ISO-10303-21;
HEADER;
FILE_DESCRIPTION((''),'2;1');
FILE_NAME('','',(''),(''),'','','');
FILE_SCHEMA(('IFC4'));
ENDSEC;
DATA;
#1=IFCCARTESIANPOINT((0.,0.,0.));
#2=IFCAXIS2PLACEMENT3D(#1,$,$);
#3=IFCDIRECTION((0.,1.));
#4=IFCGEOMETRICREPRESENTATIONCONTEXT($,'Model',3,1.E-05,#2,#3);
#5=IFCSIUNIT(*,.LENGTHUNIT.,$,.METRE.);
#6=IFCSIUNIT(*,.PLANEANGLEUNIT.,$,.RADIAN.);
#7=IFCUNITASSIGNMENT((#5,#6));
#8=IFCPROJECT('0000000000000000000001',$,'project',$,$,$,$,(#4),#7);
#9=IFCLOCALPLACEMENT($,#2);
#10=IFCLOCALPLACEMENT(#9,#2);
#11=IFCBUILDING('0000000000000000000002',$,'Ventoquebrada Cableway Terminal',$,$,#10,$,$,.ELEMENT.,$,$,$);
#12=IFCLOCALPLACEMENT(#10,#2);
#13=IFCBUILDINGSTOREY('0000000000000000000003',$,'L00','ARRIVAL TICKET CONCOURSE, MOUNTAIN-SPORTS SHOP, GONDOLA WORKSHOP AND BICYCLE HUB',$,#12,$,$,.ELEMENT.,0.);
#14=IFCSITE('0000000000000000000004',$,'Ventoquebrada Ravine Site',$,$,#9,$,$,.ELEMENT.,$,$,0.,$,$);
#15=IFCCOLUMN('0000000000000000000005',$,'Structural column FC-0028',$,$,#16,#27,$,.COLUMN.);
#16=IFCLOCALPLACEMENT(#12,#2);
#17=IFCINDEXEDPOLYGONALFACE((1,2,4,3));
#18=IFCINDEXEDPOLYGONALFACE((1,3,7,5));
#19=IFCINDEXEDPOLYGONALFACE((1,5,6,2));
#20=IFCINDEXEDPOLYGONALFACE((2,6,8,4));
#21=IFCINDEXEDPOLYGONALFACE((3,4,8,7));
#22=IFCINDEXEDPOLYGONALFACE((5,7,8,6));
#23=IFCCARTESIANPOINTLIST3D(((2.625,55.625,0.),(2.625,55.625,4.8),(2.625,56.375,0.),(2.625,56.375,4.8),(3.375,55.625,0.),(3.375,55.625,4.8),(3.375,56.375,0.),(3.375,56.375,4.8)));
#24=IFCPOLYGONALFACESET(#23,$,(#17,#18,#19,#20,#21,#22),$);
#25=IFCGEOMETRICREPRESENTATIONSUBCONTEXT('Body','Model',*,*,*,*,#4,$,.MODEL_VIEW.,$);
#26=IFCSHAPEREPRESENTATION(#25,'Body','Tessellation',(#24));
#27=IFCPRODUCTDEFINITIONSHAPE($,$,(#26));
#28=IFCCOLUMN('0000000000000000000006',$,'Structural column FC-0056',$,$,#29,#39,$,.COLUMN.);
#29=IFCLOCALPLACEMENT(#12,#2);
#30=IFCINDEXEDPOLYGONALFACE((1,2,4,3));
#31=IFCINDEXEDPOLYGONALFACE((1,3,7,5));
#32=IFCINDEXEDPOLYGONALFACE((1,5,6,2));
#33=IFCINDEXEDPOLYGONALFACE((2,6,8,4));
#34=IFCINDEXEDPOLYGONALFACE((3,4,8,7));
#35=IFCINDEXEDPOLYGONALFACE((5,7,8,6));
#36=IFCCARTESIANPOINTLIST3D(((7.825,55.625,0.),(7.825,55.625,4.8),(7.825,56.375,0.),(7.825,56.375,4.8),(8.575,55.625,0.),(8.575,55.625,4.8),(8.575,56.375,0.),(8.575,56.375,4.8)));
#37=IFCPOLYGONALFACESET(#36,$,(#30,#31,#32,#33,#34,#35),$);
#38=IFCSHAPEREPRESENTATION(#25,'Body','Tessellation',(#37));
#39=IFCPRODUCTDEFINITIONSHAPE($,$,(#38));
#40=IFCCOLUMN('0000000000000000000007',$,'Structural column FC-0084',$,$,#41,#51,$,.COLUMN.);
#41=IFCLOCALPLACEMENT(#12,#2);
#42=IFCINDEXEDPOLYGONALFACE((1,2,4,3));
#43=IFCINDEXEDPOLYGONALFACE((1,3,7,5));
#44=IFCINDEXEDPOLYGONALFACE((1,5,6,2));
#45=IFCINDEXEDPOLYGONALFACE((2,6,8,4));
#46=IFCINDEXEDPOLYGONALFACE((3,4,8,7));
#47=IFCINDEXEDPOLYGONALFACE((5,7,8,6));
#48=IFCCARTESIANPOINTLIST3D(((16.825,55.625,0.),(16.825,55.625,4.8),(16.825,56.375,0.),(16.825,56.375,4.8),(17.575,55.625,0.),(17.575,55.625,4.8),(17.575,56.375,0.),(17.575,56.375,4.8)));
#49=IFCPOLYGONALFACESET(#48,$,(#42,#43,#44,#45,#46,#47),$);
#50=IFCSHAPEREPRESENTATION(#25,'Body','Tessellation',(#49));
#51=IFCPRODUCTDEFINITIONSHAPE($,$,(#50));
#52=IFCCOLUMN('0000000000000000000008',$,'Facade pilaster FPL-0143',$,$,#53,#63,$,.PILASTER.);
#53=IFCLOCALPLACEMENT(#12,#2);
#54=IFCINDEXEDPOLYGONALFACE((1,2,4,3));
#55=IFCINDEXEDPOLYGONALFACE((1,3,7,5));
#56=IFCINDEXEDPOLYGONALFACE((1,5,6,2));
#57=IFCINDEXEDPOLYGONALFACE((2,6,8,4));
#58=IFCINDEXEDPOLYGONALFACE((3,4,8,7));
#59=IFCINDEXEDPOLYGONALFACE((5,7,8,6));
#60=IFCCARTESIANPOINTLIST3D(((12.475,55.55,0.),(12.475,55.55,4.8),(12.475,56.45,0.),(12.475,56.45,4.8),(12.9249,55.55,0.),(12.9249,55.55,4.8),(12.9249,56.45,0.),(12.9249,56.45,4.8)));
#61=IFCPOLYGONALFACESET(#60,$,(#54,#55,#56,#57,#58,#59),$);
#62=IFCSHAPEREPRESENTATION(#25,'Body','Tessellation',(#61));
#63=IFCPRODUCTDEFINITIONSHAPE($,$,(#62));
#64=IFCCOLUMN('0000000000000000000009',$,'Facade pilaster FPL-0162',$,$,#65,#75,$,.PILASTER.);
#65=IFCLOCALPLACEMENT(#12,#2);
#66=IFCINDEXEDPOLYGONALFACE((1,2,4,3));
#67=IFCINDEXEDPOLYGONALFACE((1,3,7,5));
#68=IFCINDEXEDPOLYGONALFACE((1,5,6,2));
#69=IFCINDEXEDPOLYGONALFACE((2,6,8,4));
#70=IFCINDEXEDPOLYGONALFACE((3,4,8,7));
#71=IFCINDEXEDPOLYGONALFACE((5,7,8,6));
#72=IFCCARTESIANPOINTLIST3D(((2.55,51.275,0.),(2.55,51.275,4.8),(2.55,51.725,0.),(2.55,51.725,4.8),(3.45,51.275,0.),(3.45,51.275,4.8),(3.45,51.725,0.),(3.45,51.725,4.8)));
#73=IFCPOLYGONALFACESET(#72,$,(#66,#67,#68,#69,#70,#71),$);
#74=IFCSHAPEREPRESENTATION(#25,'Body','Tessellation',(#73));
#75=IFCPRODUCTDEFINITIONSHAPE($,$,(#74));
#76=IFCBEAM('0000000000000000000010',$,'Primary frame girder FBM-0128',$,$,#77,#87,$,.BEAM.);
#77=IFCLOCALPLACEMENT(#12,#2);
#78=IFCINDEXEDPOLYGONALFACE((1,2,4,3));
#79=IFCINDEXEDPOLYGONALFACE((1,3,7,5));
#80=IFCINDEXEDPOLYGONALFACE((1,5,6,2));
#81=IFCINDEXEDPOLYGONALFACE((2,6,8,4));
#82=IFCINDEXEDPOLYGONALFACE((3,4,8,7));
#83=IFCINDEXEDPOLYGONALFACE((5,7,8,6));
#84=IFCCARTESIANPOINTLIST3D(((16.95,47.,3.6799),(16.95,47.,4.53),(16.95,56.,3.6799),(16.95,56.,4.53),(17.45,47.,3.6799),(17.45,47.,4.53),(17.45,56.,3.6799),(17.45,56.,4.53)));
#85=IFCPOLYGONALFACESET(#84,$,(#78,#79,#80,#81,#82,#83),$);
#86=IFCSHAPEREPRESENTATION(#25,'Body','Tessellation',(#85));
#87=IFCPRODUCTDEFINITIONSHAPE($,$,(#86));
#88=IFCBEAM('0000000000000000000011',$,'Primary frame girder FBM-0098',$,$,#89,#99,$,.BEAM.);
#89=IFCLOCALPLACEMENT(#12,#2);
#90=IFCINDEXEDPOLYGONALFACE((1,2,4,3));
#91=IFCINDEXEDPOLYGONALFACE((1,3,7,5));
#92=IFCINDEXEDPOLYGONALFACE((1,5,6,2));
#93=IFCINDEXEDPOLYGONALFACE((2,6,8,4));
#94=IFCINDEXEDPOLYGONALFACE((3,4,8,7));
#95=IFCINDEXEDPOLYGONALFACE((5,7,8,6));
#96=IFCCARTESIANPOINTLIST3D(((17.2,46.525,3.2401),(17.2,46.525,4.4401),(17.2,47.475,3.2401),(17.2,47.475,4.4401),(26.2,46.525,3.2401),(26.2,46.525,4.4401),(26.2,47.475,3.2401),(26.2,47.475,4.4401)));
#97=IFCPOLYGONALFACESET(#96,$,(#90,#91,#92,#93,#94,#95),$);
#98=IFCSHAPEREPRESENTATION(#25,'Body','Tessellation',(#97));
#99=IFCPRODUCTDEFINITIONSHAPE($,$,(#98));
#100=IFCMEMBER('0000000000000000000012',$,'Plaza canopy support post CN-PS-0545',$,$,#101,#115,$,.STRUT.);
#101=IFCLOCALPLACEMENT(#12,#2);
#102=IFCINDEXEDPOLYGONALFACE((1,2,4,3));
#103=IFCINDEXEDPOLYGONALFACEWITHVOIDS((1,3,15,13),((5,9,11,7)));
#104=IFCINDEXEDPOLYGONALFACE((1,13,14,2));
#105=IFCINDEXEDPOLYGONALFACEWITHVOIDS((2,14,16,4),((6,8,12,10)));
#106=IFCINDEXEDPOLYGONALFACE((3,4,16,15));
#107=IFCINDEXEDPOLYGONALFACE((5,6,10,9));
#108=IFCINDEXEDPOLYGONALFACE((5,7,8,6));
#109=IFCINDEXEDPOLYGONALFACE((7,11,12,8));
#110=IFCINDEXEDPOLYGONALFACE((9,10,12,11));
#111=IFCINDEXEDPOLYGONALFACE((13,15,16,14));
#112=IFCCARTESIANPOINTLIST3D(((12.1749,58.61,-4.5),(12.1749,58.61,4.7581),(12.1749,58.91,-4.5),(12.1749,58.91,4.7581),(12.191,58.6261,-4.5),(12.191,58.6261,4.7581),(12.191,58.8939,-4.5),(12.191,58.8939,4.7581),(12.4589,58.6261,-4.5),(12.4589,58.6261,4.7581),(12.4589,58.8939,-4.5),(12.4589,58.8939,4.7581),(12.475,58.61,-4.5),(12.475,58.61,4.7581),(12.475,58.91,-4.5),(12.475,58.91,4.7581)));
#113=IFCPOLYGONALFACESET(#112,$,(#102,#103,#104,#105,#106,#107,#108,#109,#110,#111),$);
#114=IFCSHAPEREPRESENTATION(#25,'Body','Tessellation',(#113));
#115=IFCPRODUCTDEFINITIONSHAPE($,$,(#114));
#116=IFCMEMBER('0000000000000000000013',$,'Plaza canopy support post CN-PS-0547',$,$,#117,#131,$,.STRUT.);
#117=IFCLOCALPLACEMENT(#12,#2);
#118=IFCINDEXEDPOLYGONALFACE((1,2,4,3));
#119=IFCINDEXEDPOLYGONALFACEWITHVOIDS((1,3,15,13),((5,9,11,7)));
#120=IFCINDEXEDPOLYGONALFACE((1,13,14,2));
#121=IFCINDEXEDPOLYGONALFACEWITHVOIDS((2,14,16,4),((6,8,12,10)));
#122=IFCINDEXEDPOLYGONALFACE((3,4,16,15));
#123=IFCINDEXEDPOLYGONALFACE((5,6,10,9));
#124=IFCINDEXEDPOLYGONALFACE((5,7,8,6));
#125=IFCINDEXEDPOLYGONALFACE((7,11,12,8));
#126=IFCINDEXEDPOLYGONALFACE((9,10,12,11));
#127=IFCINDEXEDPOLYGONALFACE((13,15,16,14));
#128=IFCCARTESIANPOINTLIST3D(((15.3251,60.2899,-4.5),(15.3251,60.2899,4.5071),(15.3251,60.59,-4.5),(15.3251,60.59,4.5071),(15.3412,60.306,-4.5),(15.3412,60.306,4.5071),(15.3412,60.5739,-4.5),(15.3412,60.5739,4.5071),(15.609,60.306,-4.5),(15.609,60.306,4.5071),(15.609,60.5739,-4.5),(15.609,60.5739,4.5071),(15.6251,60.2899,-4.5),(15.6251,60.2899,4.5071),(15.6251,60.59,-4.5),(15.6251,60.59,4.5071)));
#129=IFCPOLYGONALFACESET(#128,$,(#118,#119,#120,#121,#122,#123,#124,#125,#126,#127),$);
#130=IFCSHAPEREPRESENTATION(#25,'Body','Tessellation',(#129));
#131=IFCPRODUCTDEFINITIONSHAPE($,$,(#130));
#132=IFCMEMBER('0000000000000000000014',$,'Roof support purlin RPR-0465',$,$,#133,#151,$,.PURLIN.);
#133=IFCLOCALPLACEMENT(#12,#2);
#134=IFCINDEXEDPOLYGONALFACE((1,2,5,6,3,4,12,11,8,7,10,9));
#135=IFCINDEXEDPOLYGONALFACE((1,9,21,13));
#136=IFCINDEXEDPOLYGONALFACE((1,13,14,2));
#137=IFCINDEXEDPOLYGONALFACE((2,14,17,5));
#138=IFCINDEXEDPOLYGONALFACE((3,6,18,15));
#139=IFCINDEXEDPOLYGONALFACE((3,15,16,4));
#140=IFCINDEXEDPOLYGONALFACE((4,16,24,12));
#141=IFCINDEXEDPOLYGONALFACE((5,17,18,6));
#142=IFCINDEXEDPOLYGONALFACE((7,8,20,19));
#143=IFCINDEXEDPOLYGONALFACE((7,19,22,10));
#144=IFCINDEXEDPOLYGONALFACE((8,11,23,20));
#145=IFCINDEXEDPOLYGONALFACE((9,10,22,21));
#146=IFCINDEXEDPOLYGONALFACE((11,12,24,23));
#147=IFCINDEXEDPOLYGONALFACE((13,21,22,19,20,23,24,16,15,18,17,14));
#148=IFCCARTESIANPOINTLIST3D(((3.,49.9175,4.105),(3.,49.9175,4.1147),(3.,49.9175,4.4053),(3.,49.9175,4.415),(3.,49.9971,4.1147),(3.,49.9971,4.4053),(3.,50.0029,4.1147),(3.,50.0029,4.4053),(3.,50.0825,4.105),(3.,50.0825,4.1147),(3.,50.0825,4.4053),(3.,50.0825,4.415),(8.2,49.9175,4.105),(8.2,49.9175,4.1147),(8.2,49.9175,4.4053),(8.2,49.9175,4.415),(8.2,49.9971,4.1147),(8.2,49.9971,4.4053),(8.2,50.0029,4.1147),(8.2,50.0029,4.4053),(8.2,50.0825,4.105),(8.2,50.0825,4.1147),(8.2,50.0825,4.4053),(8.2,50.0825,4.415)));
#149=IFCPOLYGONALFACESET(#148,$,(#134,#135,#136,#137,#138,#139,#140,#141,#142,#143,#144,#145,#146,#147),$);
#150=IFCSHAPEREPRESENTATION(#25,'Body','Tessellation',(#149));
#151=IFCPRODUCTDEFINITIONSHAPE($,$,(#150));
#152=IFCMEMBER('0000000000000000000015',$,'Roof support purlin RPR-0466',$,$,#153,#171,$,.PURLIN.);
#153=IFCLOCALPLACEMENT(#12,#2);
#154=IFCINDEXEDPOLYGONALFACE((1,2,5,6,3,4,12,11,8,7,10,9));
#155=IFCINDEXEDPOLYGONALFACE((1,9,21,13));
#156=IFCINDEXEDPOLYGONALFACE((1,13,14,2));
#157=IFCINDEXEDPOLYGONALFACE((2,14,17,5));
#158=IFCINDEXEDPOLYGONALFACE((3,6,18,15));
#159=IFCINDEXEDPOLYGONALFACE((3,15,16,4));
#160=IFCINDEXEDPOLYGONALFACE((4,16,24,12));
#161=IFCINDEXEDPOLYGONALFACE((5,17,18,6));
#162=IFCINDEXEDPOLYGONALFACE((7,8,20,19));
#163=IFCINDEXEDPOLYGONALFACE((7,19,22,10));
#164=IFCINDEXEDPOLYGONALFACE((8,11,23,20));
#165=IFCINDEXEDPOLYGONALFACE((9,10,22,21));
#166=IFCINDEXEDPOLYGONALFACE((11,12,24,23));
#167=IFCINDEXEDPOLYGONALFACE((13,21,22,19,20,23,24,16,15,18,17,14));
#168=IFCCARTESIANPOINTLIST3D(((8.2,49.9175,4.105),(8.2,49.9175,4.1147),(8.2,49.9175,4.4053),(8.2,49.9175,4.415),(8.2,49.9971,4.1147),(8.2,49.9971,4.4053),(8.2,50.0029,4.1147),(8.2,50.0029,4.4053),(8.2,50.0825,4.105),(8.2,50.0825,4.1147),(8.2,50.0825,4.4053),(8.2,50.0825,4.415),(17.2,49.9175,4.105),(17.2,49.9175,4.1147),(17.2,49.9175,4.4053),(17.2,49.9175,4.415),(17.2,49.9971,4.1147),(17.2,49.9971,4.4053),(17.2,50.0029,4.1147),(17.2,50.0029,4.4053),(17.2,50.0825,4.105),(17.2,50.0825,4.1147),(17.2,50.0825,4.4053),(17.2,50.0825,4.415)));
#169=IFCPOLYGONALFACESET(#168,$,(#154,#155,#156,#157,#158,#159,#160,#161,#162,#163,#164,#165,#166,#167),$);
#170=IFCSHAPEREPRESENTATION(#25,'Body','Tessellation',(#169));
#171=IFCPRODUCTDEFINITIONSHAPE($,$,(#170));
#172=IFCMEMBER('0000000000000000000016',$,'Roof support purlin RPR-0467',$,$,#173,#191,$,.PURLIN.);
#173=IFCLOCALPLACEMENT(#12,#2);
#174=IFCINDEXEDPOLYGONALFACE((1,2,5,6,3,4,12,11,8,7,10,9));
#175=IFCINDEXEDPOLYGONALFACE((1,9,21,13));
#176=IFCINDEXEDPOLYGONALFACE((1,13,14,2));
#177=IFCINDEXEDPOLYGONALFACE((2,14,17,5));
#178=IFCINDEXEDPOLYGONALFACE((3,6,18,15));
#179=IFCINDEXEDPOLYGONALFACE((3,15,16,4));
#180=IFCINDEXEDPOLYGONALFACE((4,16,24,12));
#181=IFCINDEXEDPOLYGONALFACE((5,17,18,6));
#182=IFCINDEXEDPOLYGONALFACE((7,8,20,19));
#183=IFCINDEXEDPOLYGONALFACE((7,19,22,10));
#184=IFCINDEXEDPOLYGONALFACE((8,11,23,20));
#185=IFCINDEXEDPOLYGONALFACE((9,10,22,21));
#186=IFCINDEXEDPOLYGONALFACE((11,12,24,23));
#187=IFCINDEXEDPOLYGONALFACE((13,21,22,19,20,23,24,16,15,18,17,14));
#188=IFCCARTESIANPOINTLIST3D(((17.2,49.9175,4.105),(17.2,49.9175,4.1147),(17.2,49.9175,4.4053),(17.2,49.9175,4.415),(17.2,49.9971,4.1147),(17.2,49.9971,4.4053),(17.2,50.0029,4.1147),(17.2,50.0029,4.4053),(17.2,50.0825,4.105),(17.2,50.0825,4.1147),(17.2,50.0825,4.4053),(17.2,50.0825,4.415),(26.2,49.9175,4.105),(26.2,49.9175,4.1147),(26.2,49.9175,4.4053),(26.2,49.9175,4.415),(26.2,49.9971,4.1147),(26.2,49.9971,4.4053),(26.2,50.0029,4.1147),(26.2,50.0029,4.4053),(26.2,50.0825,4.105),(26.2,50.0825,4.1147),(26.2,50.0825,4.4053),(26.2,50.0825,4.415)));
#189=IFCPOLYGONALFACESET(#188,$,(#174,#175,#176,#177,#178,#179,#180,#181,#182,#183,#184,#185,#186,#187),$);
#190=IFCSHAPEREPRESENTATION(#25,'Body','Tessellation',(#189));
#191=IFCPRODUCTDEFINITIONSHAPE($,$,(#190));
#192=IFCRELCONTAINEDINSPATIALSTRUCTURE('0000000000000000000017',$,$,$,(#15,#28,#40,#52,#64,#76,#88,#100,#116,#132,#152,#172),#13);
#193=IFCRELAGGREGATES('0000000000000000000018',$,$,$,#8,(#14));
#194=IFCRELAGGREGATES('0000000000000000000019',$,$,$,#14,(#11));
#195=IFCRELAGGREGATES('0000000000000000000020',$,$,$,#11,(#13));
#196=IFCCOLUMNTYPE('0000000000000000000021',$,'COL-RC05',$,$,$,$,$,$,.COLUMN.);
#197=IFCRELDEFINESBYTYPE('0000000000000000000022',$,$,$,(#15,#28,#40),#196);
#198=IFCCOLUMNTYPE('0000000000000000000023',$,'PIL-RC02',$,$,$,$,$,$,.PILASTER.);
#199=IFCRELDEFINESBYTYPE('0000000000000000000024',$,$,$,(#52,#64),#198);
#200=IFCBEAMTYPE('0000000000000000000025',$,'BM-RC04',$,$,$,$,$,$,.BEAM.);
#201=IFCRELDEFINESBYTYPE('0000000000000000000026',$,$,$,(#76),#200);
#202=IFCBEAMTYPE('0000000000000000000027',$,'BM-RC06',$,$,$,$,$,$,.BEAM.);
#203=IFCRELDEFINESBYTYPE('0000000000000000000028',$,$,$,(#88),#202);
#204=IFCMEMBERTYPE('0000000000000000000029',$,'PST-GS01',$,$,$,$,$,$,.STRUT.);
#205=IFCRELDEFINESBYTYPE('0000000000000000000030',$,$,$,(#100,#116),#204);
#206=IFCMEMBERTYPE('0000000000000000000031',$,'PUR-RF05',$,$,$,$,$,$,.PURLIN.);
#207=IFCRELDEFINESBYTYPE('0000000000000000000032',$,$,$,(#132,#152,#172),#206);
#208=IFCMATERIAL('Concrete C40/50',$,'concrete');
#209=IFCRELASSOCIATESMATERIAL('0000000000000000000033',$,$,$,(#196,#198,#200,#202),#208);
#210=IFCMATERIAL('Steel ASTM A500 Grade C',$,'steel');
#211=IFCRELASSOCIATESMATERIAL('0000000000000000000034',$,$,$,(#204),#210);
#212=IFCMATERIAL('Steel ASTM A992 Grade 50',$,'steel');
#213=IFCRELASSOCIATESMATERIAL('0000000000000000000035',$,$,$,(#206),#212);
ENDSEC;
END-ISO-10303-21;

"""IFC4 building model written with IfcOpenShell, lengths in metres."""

from ifc_helpers import new_model, si_unit, direction, frame, origin, origin_2d, place, context, subcontext, project, spatial, rectangle, hollow_rectangle, i_section, extrude, material, material_profile, profile_set, type_object, element, save


model = new_model("IFC4")

# Units and contexts
model_context = context("Model", 3, precision=1e-05, world=origin(), true_north=direction((0.0, 1.0)))
body_context = subcontext(model_context, "Body", "Model", "MODEL_VIEW")
ifc_project = project(units=[si_unit("LENGTHUNIT", "METRE"), si_unit("PLANEANGLEUNIT", "RADIAN")], contexts=[model_context])

# Site, building, storey
site_placement = place(None, origin())
site = spatial("IfcSite", under=ifc_project, at=site_placement, Name="Ventoquebrada Ravine Site", CompositionType="ELEMENT", RefElevation=0.0)
building_placement = place(site_placement, origin())
building = spatial("IfcBuilding", under=site, at=building_placement, Name="Ventoquebrada Cableway Terminal", CompositionType="ELEMENT")
storey_placement = place(building_placement, origin())
storey = spatial("IfcBuildingStorey", under=building, at=storey_placement, Name="L00", Description="ARRIVAL TICKET CONCOURSE, MOUNTAIN-SPORTS SHOP, GONDOLA WORKSHOP AND BICYCLE HUB", CompositionType="ELEMENT", Elevation=0.0)

# Columns
ifc_material_1 = material(Name="Concrete C40/50", Category="concrete")
ifc_material_profile_1 = material_profile(ifc_material_1, rectangle(XDim=0.75, YDim=0.75, at=origin_2d()), Name="RC-COL-750X750")
ifc_profile_set_1 = profile_set([ifc_material_profile_1], Name="Concrete C40/50")
column_type_1 = type_object("IfcColumnType", Name="COL-RC05", PredefinedType="COLUMN", material=ifc_profile_set_1)
for number, where, z_axis, x_axis, name in (
    (1, (3.0, 56.0, 0.0), (0.0, 0.0, 1.0), (1.0, 0.0, 0.0), "Structural column FC-0028"),
    (2, (8.2, 56.0, 0.0), (0.0, 0.0, 1.0), (1.0, 0.0, 0.0), "Structural column FC-0056"),
    (3, (17.2, 56.0, 0.0), (0.0, 0.0, 1.0), (1.0, 0.0, 0.0), "Structural column FC-0084"),
):
    element("IfcColumn", number, at=place(storey_placement, frame(where, z_axis=z_axis, x_axis=x_axis)), inside=storey, type_object=column_type_1, Name=name, PredefinedType="COLUMN", context=body_context, shape_type="SweptSolid", body=[
        extrude(rectangle(XDim=0.75, YDim=0.75, at=origin_2d()), origin(), (0.0, 0.0, 1.0), 4.8),
    ])
ifc_material_profile_2 = material_profile(ifc_material_1, rectangle(XDim=0.45, YDim=0.8999, at=origin_2d()), Name="RC-PIL-450X900")
ifc_profile_set_2 = profile_set([ifc_material_profile_2], Name="Concrete C40/50")
column_type_2 = type_object("IfcColumnType", Name="PIL-RC02", PredefinedType="PILASTER", material=ifc_profile_set_2)
for number, where, z_axis, x_axis, name in (
    (4, (12.7, 56.0, 0.0), (0.0, 0.0, 1.0), (1.0, 0.0, 0.0), "Facade pilaster FPL-0143"),
    (5, (3.0, 51.5, 0.0), (0.0, 0.0, 1.0), (0.0, 1.0, 0.0), "Facade pilaster FPL-0162"),
):
    element("IfcColumn", number, at=place(storey_placement, frame(where, z_axis=z_axis, x_axis=x_axis)), inside=storey, type_object=column_type_2, Name=name, PredefinedType="PILASTER", context=body_context, shape_type="SweptSolid", body=[
        extrude(rectangle(XDim=0.45, YDim=0.8999, at=origin_2d()), origin(), (0.0, 0.0, 1.0), 4.8),
    ])

# Beams
ifc_material_profile_3 = material_profile(ifc_material_1, rectangle(XDim=0.5, YDim=0.8501, at=origin_2d()), Name="RC-BM-500X850")
ifc_profile_set_3 = profile_set([ifc_material_profile_3], Name="Concrete C40/50")
beam_type_1 = type_object("IfcBeamType", Name="BM-RC04", PredefinedType="BEAM", material=ifc_profile_set_3)
beam_1_placement = place(storey_placement, frame((17.2, 47.0, 4.105), z_axis=(0.0, 1.0, 0.0), x_axis=(-1.0, 0.0, 0.0)))
element("IfcBeam", 6, at=beam_1_placement, inside=storey, type_object=beam_type_1, Name="Primary frame girder FBM-0128", PredefinedType="BEAM", context=body_context, shape_type="SweptSolid", body=[
    extrude(rectangle(XDim=0.5, YDim=0.8501, at=origin_2d()), origin(), (0.0, 0.0, 1.0), 9.0),
])
ifc_material_profile_4 = material_profile(ifc_material_1, rectangle(XDim=0.95, YDim=1.2, at=origin_2d()), Name="RC-BM-950X1200")
ifc_profile_set_4 = profile_set([ifc_material_profile_4], Name="Concrete C40/50")
beam_type_2 = type_object("IfcBeamType", Name="BM-RC06", PredefinedType="BEAM", material=ifc_profile_set_4)
beam_2_placement = place(storey_placement, frame((17.2, 47.0, 3.8401), z_axis=(1.0, 0.0, 0.0), x_axis=(0.0, 1.0, 0.0)))
element("IfcBeam", 7, at=beam_2_placement, inside=storey, type_object=beam_type_2, Name="Primary frame girder FBM-0098", PredefinedType="BEAM", context=body_context, shape_type="SweptSolid", body=[
    extrude(rectangle(XDim=0.95, YDim=1.2, at=origin_2d()), origin(), (0.0, 0.0, 1.0), 9.0),
])

# Members
ifc_material_2 = material(Name="Steel ASTM A500 Grade C", Category="steel")
ifc_material_profile_5 = material_profile(ifc_material_2, hollow_rectangle(XDim=0.3, YDim=0.3, WallThickness=0.0161, at=origin_2d()), Name="HSS300X300X16")
ifc_profile_set_5 = profile_set([ifc_material_profile_5], Name="Steel ASTM A500 Grade C")
member_type_1 = type_object("IfcMemberType", Name="PST-GS01", PredefinedType="STRUT", material=ifc_profile_set_5)
member_1_placement = place(storey_placement, frame((12.325, 58.76, -4.5), z_axis=(0.0, 0.0, 1.0), x_axis=(1.0, 0.0, 0.0)))
element("IfcMember", 8, at=member_1_placement, inside=storey, type_object=member_type_1, Name="Plaza canopy support post CN-PS-0545", PredefinedType="STRUT", context=body_context, shape_type="SweptSolid", body=[
    extrude(hollow_rectangle(XDim=0.3, YDim=0.3, WallThickness=0.0161, at=origin_2d()), origin(), (0.0, 0.0, 1.0), 9.2581),
])
member_2_placement = place(storey_placement, frame((15.4751, 60.4399, -4.5), z_axis=(0.0, 0.0, 1.0), x_axis=(1.0, 0.0, 0.0)))
element("IfcMember", 9, at=member_2_placement, inside=storey, type_object=member_type_1, Name="Plaza canopy support post CN-PS-0547", PredefinedType="STRUT", context=body_context, shape_type="SweptSolid", body=[
    extrude(hollow_rectangle(XDim=0.3, YDim=0.3, WallThickness=0.0161, at=origin_2d()), origin(), (0.0, 0.0, 1.0), 9.0071),
])
ifc_material_3 = material(Name="Steel ASTM A992 Grade 50", Category="steel")
ifc_material_profile_6 = material_profile(ifc_material_3, i_section(OverallWidth=0.165, OverallDepth=0.3101, WebThickness=0.0059, FlangeThickness=0.0098, at=origin_2d()), Name="W12X26")
ifc_profile_set_6 = profile_set([ifc_material_profile_6], Name="Steel ASTM A992 Grade 50")
member_type_2 = type_object("IfcMemberType", Name="PUR-RF05", PredefinedType="PURLIN", material=ifc_profile_set_6)
member_3_placement = place(storey_placement, frame((3.0, 50.0, 4.26), z_axis=(1.0, 0.0, 0.0), x_axis=(0.0, 1.0, 0.0)))
element("IfcMember", 10, at=member_3_placement, inside=storey, type_object=member_type_2, Name="Roof support purlin RPR-0465", PredefinedType="PURLIN", context=body_context, shape_type="SweptSolid", body=[
    extrude(i_section(OverallWidth=0.165, OverallDepth=0.3101, WebThickness=0.0059, FlangeThickness=0.0098, at=origin_2d()), origin(), (0.0, 0.0, 1.0), 5.2),
])
for number, where, z_axis, x_axis, name in (
    (11, (8.2, 50.0, 4.26), (1.0, 0.0, 0.0), (0.0, 1.0, 0.0), "Roof support purlin RPR-0466"),
    (12, (17.2, 50.0, 4.26), (1.0, 0.0, 0.0), (0.0, 1.0, 0.0), "Roof support purlin RPR-0467"),
):
    element("IfcMember", number, at=place(storey_placement, frame(where, z_axis=z_axis, x_axis=x_axis)), inside=storey, type_object=member_type_2, Name=name, PredefinedType="PURLIN", context=body_context, shape_type="SweptSolid", body=[
        extrude(i_section(OverallWidth=0.165, OverallDepth=0.3101, WebThickness=0.0059, FlangeThickness=0.0098, at=origin_2d()), origin(), (0.0, 0.0, 1.0), 9.0),
    ])

save(model, "model.ifc")
